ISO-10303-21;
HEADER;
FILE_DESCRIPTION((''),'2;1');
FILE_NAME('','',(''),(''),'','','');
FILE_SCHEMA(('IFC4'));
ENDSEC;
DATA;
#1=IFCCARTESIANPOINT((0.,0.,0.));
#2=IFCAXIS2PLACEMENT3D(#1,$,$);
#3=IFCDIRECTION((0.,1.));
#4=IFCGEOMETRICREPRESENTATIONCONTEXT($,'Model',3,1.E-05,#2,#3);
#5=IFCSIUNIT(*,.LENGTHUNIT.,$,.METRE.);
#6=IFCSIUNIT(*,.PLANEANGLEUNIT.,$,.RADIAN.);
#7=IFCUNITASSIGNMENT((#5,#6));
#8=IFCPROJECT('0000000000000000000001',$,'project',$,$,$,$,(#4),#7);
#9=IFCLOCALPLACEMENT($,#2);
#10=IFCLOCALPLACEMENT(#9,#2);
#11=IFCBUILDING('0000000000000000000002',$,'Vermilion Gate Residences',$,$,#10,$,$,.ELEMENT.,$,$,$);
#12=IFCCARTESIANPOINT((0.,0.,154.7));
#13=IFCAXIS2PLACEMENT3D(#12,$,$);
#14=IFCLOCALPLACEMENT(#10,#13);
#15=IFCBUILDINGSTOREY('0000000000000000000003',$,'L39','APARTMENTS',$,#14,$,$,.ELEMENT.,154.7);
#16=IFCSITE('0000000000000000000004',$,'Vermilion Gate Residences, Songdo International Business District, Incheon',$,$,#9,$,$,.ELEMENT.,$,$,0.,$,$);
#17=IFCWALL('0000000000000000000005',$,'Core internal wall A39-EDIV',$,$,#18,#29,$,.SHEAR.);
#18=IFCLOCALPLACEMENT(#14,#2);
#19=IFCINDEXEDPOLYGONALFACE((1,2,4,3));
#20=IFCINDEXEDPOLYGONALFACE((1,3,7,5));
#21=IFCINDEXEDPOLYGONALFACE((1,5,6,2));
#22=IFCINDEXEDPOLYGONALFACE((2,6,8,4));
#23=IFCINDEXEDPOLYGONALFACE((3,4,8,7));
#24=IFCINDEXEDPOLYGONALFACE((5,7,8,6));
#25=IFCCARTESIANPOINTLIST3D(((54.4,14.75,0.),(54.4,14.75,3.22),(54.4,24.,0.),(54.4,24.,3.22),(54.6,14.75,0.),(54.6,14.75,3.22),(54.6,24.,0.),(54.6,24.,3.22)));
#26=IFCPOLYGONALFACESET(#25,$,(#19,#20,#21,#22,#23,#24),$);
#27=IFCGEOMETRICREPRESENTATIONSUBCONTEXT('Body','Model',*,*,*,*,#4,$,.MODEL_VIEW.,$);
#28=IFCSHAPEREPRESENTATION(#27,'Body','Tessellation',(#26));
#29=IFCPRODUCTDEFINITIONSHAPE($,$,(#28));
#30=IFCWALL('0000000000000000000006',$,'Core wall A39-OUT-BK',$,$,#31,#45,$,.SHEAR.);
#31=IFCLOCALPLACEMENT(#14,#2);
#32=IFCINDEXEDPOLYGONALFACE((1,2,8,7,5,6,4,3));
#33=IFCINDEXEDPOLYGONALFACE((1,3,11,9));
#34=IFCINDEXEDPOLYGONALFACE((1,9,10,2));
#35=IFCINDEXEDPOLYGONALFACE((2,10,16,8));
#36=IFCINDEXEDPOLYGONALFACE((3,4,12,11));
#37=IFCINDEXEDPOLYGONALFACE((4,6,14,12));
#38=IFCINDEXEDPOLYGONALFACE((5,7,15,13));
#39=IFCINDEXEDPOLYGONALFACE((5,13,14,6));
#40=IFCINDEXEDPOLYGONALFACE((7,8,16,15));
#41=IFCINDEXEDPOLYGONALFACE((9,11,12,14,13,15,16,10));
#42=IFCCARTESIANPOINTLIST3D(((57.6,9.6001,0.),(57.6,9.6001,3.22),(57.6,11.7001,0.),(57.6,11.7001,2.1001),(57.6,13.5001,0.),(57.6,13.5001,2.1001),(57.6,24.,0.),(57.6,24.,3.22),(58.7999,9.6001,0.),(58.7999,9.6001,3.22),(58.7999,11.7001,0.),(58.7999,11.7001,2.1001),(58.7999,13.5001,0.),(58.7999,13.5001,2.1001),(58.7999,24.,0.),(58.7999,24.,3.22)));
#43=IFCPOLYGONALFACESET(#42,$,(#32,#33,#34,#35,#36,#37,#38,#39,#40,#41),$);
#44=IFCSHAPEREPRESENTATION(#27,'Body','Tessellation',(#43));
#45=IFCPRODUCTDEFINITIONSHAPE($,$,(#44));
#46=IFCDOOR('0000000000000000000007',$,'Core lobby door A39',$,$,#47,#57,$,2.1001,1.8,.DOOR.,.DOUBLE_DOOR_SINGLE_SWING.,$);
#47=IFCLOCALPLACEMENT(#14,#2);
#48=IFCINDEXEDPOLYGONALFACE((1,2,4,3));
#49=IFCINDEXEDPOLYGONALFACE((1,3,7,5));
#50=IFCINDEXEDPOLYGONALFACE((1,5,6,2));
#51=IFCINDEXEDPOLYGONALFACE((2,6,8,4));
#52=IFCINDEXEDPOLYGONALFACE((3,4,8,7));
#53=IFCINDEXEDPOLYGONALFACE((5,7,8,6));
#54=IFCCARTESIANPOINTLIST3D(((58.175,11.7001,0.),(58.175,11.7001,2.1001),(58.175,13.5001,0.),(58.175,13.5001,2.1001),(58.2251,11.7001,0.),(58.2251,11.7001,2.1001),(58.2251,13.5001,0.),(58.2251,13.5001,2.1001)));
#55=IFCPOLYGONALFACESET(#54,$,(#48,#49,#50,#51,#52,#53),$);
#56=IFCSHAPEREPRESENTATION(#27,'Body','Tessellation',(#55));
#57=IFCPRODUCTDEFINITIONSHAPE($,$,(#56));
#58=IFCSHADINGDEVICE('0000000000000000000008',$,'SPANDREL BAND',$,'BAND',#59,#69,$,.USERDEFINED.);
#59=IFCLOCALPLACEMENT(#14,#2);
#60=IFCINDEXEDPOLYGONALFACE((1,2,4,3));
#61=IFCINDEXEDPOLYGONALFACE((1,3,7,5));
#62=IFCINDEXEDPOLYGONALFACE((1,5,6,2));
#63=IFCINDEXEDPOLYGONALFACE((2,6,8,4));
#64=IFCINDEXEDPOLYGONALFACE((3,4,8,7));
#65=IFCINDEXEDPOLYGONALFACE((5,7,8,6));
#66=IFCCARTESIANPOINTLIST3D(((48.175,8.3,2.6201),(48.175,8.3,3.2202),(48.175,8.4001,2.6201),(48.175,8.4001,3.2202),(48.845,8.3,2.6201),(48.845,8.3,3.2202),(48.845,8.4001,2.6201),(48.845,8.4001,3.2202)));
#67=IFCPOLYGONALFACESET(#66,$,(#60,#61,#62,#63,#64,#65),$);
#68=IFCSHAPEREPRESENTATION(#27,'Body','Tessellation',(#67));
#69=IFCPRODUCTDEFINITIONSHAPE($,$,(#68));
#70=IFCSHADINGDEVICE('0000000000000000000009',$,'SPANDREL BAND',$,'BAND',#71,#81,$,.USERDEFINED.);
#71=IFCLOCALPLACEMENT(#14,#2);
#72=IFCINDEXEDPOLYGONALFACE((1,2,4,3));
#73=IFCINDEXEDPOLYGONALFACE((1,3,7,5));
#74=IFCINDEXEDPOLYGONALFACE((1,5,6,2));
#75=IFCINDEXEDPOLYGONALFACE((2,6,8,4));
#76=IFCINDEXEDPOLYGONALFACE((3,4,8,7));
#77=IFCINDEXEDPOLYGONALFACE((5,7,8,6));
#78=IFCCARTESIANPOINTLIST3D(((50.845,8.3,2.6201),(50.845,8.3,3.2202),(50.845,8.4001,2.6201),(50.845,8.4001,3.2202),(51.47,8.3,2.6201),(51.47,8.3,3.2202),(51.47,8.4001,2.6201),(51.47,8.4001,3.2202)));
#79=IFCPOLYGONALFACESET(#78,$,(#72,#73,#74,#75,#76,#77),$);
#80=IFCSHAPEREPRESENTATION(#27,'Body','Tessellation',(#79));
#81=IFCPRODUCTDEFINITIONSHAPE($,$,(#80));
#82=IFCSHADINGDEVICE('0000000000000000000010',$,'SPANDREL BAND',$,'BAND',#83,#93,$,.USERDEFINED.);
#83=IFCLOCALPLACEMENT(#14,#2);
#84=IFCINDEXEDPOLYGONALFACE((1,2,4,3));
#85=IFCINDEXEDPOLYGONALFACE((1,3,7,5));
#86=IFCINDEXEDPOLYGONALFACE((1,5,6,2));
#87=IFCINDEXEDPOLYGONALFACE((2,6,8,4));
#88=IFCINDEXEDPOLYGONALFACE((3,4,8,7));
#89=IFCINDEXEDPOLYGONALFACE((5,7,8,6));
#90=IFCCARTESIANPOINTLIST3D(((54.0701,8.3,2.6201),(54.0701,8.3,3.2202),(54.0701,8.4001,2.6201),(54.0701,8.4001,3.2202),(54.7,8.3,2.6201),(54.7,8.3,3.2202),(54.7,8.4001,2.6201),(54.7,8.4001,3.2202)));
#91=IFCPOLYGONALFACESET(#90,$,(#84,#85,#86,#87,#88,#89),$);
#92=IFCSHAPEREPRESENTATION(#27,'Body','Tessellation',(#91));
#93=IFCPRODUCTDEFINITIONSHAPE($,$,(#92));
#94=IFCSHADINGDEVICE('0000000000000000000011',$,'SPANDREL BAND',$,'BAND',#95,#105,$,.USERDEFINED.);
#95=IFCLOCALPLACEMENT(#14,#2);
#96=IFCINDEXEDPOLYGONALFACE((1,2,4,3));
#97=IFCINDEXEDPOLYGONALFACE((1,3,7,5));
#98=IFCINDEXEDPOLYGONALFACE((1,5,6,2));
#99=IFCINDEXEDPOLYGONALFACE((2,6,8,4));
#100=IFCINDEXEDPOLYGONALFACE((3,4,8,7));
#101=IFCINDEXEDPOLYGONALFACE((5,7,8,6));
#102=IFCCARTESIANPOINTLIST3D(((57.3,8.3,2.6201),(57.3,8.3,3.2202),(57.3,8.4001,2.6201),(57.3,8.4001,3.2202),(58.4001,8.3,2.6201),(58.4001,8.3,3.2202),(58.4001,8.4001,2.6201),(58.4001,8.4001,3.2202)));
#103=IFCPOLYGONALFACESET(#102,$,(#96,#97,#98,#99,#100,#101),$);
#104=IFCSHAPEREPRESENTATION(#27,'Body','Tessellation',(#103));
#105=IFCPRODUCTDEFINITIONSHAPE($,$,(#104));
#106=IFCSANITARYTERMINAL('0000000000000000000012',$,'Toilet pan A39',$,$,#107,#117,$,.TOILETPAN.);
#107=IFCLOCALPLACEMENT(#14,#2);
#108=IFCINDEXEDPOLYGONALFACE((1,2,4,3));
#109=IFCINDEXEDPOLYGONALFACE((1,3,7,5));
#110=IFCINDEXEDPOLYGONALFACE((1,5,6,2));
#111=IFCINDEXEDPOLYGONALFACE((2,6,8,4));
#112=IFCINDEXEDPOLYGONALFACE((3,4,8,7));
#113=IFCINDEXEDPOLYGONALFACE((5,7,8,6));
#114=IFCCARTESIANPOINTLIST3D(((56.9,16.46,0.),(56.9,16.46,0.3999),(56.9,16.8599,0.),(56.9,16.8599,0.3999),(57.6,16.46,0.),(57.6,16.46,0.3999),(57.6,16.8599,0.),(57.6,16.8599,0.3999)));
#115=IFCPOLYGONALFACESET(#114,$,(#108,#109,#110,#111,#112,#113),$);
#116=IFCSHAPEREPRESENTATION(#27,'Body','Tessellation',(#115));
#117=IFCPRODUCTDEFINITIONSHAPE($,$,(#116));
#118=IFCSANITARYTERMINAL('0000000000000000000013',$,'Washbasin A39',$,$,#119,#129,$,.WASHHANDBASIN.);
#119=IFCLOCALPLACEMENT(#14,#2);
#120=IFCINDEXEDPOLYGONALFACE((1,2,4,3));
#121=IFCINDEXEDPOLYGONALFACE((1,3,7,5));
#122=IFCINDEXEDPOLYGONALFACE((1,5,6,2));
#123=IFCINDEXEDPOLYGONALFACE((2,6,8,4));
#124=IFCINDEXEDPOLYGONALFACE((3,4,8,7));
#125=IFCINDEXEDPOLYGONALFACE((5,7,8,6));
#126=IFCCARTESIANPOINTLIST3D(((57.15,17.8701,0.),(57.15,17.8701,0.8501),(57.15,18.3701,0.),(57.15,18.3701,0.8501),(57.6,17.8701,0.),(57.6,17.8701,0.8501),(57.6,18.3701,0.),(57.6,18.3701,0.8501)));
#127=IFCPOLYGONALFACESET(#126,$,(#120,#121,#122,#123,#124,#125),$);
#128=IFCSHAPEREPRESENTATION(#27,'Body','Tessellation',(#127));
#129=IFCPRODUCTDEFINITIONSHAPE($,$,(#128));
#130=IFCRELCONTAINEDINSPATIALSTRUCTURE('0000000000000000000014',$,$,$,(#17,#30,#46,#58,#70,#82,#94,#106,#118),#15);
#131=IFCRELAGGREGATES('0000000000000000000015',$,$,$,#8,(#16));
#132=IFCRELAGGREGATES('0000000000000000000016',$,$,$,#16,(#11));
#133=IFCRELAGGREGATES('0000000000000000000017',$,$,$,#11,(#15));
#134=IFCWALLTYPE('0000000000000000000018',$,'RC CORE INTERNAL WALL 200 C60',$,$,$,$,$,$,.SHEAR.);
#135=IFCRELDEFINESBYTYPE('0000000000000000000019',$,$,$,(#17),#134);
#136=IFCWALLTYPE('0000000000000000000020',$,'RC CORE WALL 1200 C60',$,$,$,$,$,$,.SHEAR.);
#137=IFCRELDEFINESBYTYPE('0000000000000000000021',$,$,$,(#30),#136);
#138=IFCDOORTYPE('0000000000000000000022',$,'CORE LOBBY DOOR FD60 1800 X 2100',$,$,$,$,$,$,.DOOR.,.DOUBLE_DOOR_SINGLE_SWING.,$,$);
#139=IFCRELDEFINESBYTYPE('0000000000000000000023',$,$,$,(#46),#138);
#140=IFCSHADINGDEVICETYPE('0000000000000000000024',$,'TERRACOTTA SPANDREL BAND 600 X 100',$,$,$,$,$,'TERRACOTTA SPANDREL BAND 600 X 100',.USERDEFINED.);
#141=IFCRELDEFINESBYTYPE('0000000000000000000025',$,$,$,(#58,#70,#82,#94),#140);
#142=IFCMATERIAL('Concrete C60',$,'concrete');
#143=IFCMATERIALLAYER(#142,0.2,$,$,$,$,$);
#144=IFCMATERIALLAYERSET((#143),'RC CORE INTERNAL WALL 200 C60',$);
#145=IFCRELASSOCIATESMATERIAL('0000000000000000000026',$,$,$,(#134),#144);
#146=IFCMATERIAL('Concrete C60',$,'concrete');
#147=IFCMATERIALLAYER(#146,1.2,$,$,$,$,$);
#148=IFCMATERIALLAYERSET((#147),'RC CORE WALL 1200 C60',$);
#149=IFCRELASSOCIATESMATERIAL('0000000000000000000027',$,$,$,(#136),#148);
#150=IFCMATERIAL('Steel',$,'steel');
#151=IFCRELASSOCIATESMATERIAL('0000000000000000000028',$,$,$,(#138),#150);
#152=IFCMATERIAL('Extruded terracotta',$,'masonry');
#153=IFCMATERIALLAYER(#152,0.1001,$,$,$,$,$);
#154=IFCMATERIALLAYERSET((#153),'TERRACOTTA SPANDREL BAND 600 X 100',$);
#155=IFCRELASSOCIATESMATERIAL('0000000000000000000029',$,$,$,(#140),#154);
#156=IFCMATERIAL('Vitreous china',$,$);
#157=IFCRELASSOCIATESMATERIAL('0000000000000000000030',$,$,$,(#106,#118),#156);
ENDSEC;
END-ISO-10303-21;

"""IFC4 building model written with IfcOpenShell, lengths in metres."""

from ifc_helpers import new_model, si_unit, direction, frame, frame_2d, origin, origin_2d, place, context, subcontext, project, spatial, rectangle, extrude, material, layer, layer_set, type_object, element, fill, save


model = new_model("IFC4")

# Units and contexts
model_context = context("Model", 3, precision=1e-05, world=origin(), true_north=direction((0.0, 1.0)))
body_context = subcontext(model_context, "Body", "Model", "MODEL_VIEW")
ifc_project = project(units=[si_unit("LENGTHUNIT", "METRE"), si_unit("PLANEANGLEUNIT", "RADIAN")], contexts=[model_context])

# Site, building, storey
site_placement = place(None, origin())
site = spatial("IfcSite", under=ifc_project, at=site_placement, Name="Vermilion Gate Residences, Songdo International Business District, Incheon", CompositionType="ELEMENT", RefElevation=0.0)
building_placement = place(site_placement, origin())
building = spatial("IfcBuilding", under=site, at=building_placement, Name="Vermilion Gate Residences", CompositionType="ELEMENT")
storey_placement = place(building_placement, frame((0.0, 0.0, 154.7)))
storey = spatial("IfcBuildingStorey", under=building, at=storey_placement, Name="L39", Description="APARTMENTS", CompositionType="ELEMENT", Elevation=154.7)

# Wall
ifc_material_1 = material(Name="Concrete C60", Category="concrete")
ifc_layer_1 = layer(ifc_material_1, 0.2)
ifc_layer_set_1 = layer_set([ifc_layer_1], Name="RC CORE INTERNAL WALL 200 C60")
wall_type_1 = type_object("IfcWallType", Name="RC CORE INTERNAL WALL 200 C60", PredefinedType="SHEAR", material=ifc_layer_set_1)
wall_1_placement = place(storey_placement, frame((54.5, 14.75, 0.0), z_axis=(0.0, 0.0, 1.0), x_axis=(0.0, 1.0, 0.0)))
element("IfcWall", 1, at=wall_1_placement, inside=storey, type_object=wall_type_1, Name="Core internal wall A39-EDIV", PredefinedType="SHEAR", context=body_context, shape_type="SweptSolid", body=[
    extrude(rectangle(XDim=9.25, YDim=0.2, at=frame_2d((4.625, 0.0))), origin(), (0.0, 0.0, 1.0), 3.22),
])

# Wall, opening, door
ifc_material_2 = material(Name="Concrete C60", Category="concrete")
ifc_layer_2 = layer(ifc_material_2, 1.2)
ifc_layer_set_2 = layer_set([ifc_layer_2], Name="RC CORE WALL 1200 C60")
wall_type_2 = type_object("IfcWallType", Name="RC CORE WALL 1200 C60", PredefinedType="SHEAR", material=ifc_layer_set_2)
wall_2_placement = place(storey_placement, frame((58.2, 9.6001, 0.0), z_axis=(0.0, 0.0, 1.0), x_axis=(0.0, 1.0, 0.0)))
wall_2 = element("IfcWall", 2, at=wall_2_placement, inside=storey, type_object=wall_type_2, Name="Core wall A39-OUT-BK", PredefinedType="SHEAR", context=body_context, shape_type="SweptSolid", body=[
    extrude(rectangle(XDim=14.3999, YDim=1.2, at=frame_2d((7.2, 0.0))), origin(), (0.0, 0.0, 1.0), 3.22),
])
opening_1_placement = place(wall_2_placement, frame((2.1001, 0.0, 0.0)))
opening_1 = element("IfcOpeningElement", 3, at=opening_1_placement, cuts=wall_2, PredefinedType="OPENING", context=body_context, shape_type="SweptSolid", body=[
    extrude(rectangle(XDim=1.8, YDim=2.1001, at=frame_2d((0.8999, 1.05))), frame((0.0, 0.6099, 0.0), z_axis=(0.0, -1.0, 0.0), x_axis=(1.0, 0.0, 0.0)), (0.0, 0.0, 1.0), 1.22),
])
ifc_material_3 = material(Name="Steel", Category="steel")
door_type_1 = type_object("IfcDoorType", Name="CORE LOBBY DOOR FD60 1800 X 2100", OperationType="DOUBLE_DOOR_SINGLE_SWING", PredefinedType="DOOR", material=ifc_material_3)
door_1_placement = place(opening_1_placement, origin())
door_1 = element("IfcDoor", 4, at=door_1_placement, inside=storey, type_object=door_type_1, Name="Core lobby door A39", OperationType="DOUBLE_DOOR_SINGLE_SWING", OverallHeight=2.1001, OverallWidth=1.8, PredefinedType="DOOR", context=body_context, shape_type="SweptSolid", body=[
    extrude(rectangle(XDim=1.8, YDim=2.1001, at=frame_2d((0.8999, 1.05))), frame((0.0, 0.0249, 0.0), z_axis=(0.0, -1.0, 0.0), x_axis=(1.0, 0.0, 0.0)), (0.0, 0.0, 1.0), 0.05),
])
fill(opening_1, door_1)

# Shading devices
ifc_material_4 = material(Name="Extruded terracotta", Category="masonry")
ifc_layer_3 = layer(ifc_material_4, 0.1001)
ifc_layer_set_3 = layer_set([ifc_layer_3], Name="TERRACOTTA SPANDREL BAND 600 X 100")
shading_device_type = type_object("IfcShadingDeviceType", Name="TERRACOTTA SPANDREL BAND 600 X 100", ElementType="TERRACOTTA SPANDREL BAND 600 X 100", PredefinedType="USERDEFINED", material=ifc_layer_set_3)
shading_device_1_placement = place(storey_placement, frame((48.51, 8.3501, 2.6201), z_axis=(0.0, 0.0, 1.0), x_axis=(1.0, 0.0, 0.0)))
element("IfcShadingDevice", 5, at=shading_device_1_placement, inside=storey, type_object=shading_device_type, Name="SPANDREL BAND", ObjectType="BAND", PredefinedType="USERDEFINED", context=body_context, shape_type="SweptSolid", body=[
    extrude(rectangle(XDim=0.6699, YDim=0.1001, at=origin_2d()), origin(), (0.0, 0.0, 1.0), 0.6001),
])
shading_device_2_placement = place(storey_placement, frame((51.1575, 8.3501, 2.6201), z_axis=(0.0, 0.0, 1.0), x_axis=(1.0, 0.0, 0.0)))
element("IfcShadingDevice", 6, at=shading_device_2_placement, inside=storey, type_object=shading_device_type, Name="SPANDREL BAND", ObjectType="BAND", PredefinedType="USERDEFINED", context=body_context, shape_type="SweptSolid", body=[
    extrude(rectangle(XDim=0.625, YDim=0.1001, at=origin_2d()), origin(), (0.0, 0.0, 1.0), 0.6001),
])
shading_device_3_placement = place(storey_placement, frame((54.385, 8.3501, 2.6201), z_axis=(0.0, 0.0, 1.0), x_axis=(1.0, 0.0, 0.0)))
element("IfcShadingDevice", 7, at=shading_device_3_placement, inside=storey, type_object=shading_device_type, Name="SPANDREL BAND", ObjectType="BAND", PredefinedType="USERDEFINED", context=body_context, shape_type="SweptSolid", body=[
    extrude(rectangle(XDim=0.6299, YDim=0.1001, at=origin_2d()), origin(), (0.0, 0.0, 1.0), 0.6001),
])
shading_device_4_placement = place(storey_placement, frame((57.8501, 8.3501, 2.6201), z_axis=(0.0, 0.0, 1.0), x_axis=(1.0, 0.0, 0.0)))
element("IfcShadingDevice", 8, at=shading_device_4_placement, inside=storey, type_object=shading_device_type, Name="SPANDREL BAND", ObjectType="BAND", PredefinedType="USERDEFINED", context=body_context, shape_type="SweptSolid", body=[
    extrude(rectangle(XDim=1.1001, YDim=0.1001, at=origin_2d()), origin(), (0.0, 0.0, 1.0), 0.6001),
])

# Sanitary terminals
ifc_material_5 = material(Name="Vitreous china")
sanitary_terminal_1_placement = place(storey_placement, frame((57.25, 16.6599, 0.0), z_axis=(0.0, 0.0, 1.0), x_axis=(1.0, 0.0, 0.0)))
element("IfcSanitaryTerminal", 9, at=sanitary_terminal_1_placement, inside=storey, material=ifc_material_5, Name="Toilet pan A39", PredefinedType="TOILETPAN", context=body_context, shape_type="SweptSolid", body=[
    extrude(rectangle(XDim=0.7, YDim=0.3999, at=origin_2d()), origin(), (0.0, 0.0, 1.0), 0.3999),
])
sanitary_terminal_2_placement = place(storey_placement, frame((57.375, 18.1201, 0.0), z_axis=(0.0, 0.0, 1.0), x_axis=(1.0, 0.0, 0.0)))
element("IfcSanitaryTerminal", 10, at=sanitary_terminal_2_placement, inside=storey, material=ifc_material_5, Name="Washbasin A39", PredefinedType="WASHHANDBASIN", context=body_context, shape_type="SweptSolid", body=[
    extrude(rectangle(XDim=0.45, YDim=0.5, at=origin_2d()), origin(), (0.0, 0.0, 1.0), 0.8501),
])

save(model, "model.ifc")
